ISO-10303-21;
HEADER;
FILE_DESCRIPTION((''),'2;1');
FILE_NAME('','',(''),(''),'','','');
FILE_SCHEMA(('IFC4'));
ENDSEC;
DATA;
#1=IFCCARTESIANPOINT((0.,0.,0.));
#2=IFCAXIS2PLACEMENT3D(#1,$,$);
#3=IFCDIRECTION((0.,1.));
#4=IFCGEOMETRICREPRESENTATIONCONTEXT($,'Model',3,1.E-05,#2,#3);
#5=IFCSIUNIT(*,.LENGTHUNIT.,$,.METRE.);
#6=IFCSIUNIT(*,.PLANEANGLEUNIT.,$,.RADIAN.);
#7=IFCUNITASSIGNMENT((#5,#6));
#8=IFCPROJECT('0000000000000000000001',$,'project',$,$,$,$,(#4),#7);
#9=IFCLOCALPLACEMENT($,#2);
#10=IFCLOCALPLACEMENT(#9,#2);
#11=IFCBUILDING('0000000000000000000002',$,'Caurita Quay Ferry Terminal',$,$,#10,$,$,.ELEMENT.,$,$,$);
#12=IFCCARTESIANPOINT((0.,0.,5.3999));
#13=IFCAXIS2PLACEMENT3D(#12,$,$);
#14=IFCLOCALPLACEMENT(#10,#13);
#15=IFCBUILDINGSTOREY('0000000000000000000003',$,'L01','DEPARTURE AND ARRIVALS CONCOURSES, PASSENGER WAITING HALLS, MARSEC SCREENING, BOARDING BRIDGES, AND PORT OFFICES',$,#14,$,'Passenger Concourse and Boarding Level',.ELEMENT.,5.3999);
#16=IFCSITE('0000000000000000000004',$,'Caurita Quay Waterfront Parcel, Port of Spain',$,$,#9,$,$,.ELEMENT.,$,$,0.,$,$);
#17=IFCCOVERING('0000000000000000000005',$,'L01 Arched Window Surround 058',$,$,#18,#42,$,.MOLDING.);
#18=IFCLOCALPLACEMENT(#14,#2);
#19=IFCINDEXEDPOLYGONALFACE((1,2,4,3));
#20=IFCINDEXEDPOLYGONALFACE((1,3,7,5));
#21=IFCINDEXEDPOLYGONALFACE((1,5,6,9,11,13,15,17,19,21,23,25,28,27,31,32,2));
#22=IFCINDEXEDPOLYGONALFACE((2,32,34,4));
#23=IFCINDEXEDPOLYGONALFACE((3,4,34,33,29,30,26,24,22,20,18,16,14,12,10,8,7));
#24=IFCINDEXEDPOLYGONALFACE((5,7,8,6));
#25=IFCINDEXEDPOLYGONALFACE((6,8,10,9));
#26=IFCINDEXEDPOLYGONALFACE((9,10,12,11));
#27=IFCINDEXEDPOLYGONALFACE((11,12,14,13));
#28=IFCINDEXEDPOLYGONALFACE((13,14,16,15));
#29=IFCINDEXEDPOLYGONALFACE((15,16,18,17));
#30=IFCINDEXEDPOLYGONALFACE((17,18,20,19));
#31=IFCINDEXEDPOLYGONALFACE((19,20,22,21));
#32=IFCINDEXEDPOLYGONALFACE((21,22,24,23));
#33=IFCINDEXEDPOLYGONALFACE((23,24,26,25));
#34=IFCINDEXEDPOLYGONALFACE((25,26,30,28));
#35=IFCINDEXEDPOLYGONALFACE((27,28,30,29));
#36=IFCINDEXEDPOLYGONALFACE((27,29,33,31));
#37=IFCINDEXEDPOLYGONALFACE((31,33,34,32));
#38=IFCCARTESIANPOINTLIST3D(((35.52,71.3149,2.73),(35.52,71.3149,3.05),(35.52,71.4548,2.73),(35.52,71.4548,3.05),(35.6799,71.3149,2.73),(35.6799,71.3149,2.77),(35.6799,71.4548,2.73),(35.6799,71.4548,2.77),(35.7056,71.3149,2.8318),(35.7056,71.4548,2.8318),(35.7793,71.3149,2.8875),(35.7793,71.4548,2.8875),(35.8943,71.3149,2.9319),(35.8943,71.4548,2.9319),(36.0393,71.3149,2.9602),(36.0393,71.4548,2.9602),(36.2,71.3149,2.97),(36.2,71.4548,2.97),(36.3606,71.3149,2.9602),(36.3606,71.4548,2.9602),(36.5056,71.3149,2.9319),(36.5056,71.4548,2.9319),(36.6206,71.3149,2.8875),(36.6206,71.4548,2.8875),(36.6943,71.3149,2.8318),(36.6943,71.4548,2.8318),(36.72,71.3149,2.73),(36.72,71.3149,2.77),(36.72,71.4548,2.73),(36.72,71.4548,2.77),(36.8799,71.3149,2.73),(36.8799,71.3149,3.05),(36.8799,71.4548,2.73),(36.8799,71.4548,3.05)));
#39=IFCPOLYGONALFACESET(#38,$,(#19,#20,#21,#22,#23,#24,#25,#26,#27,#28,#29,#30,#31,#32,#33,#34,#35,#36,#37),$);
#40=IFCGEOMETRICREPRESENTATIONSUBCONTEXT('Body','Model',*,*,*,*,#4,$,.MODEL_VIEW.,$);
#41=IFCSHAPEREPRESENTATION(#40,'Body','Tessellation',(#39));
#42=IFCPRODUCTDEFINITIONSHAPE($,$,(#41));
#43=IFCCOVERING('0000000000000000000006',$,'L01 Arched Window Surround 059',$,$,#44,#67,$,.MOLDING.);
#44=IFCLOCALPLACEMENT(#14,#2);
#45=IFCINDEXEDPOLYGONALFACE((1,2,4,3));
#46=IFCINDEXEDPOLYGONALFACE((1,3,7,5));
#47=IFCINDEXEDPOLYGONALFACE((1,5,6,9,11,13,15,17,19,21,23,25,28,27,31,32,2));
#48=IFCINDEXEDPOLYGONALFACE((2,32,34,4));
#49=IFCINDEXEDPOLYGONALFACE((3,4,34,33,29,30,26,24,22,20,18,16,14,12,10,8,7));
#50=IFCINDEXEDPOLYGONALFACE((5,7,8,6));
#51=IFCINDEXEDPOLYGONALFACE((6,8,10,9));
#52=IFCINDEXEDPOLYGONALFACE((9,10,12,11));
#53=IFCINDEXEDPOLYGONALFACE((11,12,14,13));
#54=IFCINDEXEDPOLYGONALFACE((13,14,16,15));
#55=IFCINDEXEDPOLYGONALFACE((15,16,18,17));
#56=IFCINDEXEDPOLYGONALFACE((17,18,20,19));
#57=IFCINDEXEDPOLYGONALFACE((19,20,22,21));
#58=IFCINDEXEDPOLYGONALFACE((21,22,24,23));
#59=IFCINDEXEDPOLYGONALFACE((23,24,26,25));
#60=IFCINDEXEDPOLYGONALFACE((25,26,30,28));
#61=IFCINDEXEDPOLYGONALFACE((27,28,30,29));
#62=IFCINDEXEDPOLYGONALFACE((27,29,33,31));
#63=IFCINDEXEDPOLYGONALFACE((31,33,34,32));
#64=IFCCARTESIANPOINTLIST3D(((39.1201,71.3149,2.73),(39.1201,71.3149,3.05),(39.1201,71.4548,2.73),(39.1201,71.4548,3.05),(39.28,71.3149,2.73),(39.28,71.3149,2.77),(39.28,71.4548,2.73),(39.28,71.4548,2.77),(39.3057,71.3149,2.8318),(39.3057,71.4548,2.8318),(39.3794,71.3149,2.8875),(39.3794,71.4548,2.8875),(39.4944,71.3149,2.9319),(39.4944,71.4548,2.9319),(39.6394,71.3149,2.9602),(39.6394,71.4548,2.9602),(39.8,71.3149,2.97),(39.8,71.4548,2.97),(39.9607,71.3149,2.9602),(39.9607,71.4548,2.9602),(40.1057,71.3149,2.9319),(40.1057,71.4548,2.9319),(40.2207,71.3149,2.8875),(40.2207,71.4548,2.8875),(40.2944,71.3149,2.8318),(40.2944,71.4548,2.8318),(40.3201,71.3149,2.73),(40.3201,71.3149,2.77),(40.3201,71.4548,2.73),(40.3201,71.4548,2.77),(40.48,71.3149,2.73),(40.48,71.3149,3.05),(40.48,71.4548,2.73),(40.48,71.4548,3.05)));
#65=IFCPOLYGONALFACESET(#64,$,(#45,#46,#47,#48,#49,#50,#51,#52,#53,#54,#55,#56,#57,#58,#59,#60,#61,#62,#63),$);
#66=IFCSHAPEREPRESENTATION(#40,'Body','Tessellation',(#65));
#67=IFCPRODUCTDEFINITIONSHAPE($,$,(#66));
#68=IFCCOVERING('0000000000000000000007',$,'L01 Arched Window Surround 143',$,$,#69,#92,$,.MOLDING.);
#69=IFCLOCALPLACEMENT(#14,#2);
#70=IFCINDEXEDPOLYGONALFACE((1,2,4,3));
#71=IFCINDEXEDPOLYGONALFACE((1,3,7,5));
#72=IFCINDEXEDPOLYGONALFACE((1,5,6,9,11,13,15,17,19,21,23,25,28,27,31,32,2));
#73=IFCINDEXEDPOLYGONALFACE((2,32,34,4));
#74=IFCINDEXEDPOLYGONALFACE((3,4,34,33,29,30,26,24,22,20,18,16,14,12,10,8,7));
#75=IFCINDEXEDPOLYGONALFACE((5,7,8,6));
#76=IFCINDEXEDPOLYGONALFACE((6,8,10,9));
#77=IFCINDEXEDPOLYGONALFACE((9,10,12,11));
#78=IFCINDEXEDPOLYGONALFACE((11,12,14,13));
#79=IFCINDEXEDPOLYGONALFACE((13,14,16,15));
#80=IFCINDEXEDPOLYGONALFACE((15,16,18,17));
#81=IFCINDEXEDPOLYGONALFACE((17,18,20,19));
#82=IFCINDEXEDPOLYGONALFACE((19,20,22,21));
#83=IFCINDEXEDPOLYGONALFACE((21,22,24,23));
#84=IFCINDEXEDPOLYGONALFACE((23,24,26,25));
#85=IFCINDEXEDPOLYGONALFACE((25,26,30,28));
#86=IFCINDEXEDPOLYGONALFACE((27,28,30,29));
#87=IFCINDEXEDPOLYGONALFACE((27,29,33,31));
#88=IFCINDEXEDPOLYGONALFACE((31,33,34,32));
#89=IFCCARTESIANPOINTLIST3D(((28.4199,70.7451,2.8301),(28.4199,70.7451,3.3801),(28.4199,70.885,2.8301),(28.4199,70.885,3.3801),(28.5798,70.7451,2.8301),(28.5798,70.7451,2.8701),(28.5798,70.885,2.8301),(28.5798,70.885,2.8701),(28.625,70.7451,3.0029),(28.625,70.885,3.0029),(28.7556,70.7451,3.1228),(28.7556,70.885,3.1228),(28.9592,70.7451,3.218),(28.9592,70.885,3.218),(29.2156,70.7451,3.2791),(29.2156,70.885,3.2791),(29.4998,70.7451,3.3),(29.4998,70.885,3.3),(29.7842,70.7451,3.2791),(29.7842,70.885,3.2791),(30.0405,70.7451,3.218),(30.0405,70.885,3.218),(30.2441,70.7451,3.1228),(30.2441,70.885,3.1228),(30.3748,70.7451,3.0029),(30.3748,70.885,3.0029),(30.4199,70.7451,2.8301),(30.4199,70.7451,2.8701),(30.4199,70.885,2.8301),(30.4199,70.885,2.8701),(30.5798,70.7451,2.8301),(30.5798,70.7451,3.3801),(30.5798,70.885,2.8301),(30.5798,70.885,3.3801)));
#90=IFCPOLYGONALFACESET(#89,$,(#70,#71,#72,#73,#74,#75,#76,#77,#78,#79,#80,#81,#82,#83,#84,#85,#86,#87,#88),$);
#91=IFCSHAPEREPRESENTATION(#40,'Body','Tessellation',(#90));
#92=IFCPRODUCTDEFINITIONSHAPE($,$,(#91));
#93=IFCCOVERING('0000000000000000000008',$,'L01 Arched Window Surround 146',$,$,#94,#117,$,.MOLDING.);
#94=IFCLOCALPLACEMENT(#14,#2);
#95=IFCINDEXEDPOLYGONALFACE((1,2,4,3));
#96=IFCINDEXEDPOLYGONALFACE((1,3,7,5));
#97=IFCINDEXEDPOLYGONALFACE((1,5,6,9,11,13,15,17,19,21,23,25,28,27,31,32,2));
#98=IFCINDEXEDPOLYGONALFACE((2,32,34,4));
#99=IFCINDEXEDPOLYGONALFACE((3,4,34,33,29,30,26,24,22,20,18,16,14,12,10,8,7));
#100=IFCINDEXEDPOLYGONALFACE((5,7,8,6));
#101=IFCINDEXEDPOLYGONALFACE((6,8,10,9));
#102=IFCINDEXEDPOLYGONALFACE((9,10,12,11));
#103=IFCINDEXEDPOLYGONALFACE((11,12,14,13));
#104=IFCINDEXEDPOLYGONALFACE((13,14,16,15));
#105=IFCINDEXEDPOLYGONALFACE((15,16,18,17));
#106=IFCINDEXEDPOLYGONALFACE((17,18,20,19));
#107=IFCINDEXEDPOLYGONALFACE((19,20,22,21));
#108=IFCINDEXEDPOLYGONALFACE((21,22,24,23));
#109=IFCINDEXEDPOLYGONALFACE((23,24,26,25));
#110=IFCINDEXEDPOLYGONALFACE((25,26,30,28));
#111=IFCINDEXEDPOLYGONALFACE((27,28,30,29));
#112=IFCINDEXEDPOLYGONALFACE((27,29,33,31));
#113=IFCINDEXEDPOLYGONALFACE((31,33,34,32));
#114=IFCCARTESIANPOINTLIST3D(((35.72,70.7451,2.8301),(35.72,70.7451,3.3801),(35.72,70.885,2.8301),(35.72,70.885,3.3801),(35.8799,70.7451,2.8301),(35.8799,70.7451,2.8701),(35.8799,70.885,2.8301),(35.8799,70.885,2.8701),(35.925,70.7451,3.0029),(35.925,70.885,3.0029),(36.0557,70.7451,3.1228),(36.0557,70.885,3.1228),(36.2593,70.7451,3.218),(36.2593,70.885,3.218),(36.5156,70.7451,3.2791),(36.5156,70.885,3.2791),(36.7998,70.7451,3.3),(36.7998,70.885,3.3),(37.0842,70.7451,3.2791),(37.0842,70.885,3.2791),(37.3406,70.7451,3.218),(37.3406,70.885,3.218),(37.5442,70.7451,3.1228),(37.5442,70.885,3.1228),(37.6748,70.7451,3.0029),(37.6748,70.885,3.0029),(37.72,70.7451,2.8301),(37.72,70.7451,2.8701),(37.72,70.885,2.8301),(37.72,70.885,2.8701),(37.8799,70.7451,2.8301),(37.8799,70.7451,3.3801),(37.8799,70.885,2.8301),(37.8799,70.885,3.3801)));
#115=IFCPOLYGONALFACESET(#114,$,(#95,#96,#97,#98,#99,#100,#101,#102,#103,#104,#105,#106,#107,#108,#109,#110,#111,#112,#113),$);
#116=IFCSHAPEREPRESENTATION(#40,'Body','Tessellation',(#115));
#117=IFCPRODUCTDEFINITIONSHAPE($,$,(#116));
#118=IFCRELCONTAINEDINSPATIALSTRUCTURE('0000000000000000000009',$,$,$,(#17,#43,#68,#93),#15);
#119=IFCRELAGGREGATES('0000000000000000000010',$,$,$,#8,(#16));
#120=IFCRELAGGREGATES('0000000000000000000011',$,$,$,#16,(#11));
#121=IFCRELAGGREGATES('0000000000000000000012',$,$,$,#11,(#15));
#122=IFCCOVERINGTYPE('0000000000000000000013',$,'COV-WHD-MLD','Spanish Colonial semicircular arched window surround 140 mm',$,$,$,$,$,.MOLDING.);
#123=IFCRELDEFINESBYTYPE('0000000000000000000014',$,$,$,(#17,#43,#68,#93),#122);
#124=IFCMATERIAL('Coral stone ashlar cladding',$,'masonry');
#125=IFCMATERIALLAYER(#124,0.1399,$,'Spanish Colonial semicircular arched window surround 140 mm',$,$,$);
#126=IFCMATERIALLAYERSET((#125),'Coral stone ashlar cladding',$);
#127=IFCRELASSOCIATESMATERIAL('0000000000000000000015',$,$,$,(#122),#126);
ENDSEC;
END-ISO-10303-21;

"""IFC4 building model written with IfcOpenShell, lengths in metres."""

from ifc_helpers import new_model, si_unit, direction, frame, origin, place, context, subcontext, project, spatial, polyline, outline, extrude, material, layer, layer_set, type_object, element, save


model = new_model("IFC4")

# Units and contexts
model_context = context("Model", 3, precision=1e-05, world=origin(), true_north=direction((0.0, 1.0)))
body_context = subcontext(model_context, "Body", "Model", "MODEL_VIEW")
ifc_project = project(units=[si_unit("LENGTHUNIT", "METRE"), si_unit("PLANEANGLEUNIT", "RADIAN")], contexts=[model_context])

# Site, building, storey
site_placement = place(None, origin())
site = spatial("IfcSite", under=ifc_project, at=site_placement, Name="Caurita Quay Waterfront Parcel, Port of Spain", CompositionType="ELEMENT", RefElevation=0.0)
building_placement = place(site_placement, origin())
building = spatial("IfcBuilding", under=site, at=building_placement, Name="Caurita Quay Ferry Terminal", CompositionType="ELEMENT")
storey_placement = place(building_placement, frame((0.0, 0.0, 5.3999)))
storey = spatial("IfcBuildingStorey", under=building, at=storey_placement, Name="L01", Description="DEPARTURE AND ARRIVALS CONCOURSES, PASSENGER WAITING HALLS, MARSEC SCREENING, BOARDING BRIDGES, AND PORT OFFICES", LongName="Passenger Concourse and Boarding Level", CompositionType="ELEMENT", Elevation=5.3999)

# Coverings
ifc_material_1 = material(Name="Coral stone ashlar cladding", Category="masonry")
ifc_layer_1 = layer(ifc_material_1, 0.1399, Name="Spanish Colonial semicircular arched window surround 140 mm")
ifc_layer_set_1 = layer_set([ifc_layer_1], Name="Coral stone ashlar cladding")
covering_type_1 = type_object("IfcCoveringType", Name="COV-WHD-MLD", Description="Spanish Colonial semicircular arched window surround 140 mm", PredefinedType="MOLDING", material=ifc_layer_set_1)
for number, where, z_axis, x_axis, name in (
    (1, (35.52, 71.385, 2.73), (0.0, 0.0, 1.0), (1.0, 0.0, 0.0), "L01 Arched Window Surround 058"),
    (2, (39.1201, 71.385, 2.73), (0.0, 0.0, 1.0), (1.0, 0.0, 0.0), "L01 Arched Window Surround 059"),
):
    element("IfcCovering", number, at=place(storey_placement, frame(where, z_axis=z_axis, x_axis=x_axis)), inside=storey, type_object=covering_type_1, Name=name, PredefinedType="MOLDING", context=body_context, shape_type="SweptSolid", body=[
        extrude(outline(polyline([(0.0, 0.0), (0.1599, 0.0), (0.1599, 0.04), (0.1855, 0.1018), (0.2593, 0.1575), (0.3743, 0.2019), (0.5193, 0.2302), (0.6799, 0.24), (0.8406, 0.2302), (0.9856, 0.2019), (1.1006, 0.1575), (1.1743, 0.1018), (1.2, 0.04), (1.2, 0.0), (1.3599, 0.0), (1.3599, 0.3201), (0.0, 0.3201), (0.0, 0.0)])), frame((0.0, 0.0698, 0.0), z_axis=(0.0, -1.0, 0.0), x_axis=(1.0, 0.0, 0.0)), (0.0, 0.0, 1.0), 0.1399),
    ])
for number, where, z_axis, x_axis, name in (
    (3, (30.5798, 70.8149, 2.8301), (0.0, 0.0, 1.0), (-1.0, 0.0, 0.0), "L01 Arched Window Surround 143"),
    (4, (37.8799, 70.8149, 2.8301), (0.0, 0.0, 1.0), (-1.0, 0.0, 0.0), "L01 Arched Window Surround 146"),
):
    element("IfcCovering", number, at=place(storey_placement, frame(where, z_axis=z_axis, x_axis=x_axis)), inside=storey, type_object=covering_type_1, Name=name, PredefinedType="MOLDING", context=body_context, shape_type="SweptSolid", body=[
        extrude(outline(polyline([(0.0, 0.0), (0.1599, 0.0), (0.1599, 0.04), (0.2051, 0.1729), (0.3357, 0.2927), (0.5393, 0.3879), (0.7957, 0.449), (1.0801, 0.47), (1.3643, 0.449), (1.6206, 0.3879), (1.8242, 0.2927), (1.9548, 0.1729), (2.0, 0.04), (2.0, 0.0), (2.1599, 0.0), (2.1599, 0.55), (0.0, 0.55), (0.0, 0.0)])), frame((0.0, 0.0698, 0.0), z_axis=(0.0, -1.0, 0.0), x_axis=(1.0, 0.0, 0.0)), (0.0, 0.0, 1.0), 0.1399),
    ])

save(model, "model.ifc")
